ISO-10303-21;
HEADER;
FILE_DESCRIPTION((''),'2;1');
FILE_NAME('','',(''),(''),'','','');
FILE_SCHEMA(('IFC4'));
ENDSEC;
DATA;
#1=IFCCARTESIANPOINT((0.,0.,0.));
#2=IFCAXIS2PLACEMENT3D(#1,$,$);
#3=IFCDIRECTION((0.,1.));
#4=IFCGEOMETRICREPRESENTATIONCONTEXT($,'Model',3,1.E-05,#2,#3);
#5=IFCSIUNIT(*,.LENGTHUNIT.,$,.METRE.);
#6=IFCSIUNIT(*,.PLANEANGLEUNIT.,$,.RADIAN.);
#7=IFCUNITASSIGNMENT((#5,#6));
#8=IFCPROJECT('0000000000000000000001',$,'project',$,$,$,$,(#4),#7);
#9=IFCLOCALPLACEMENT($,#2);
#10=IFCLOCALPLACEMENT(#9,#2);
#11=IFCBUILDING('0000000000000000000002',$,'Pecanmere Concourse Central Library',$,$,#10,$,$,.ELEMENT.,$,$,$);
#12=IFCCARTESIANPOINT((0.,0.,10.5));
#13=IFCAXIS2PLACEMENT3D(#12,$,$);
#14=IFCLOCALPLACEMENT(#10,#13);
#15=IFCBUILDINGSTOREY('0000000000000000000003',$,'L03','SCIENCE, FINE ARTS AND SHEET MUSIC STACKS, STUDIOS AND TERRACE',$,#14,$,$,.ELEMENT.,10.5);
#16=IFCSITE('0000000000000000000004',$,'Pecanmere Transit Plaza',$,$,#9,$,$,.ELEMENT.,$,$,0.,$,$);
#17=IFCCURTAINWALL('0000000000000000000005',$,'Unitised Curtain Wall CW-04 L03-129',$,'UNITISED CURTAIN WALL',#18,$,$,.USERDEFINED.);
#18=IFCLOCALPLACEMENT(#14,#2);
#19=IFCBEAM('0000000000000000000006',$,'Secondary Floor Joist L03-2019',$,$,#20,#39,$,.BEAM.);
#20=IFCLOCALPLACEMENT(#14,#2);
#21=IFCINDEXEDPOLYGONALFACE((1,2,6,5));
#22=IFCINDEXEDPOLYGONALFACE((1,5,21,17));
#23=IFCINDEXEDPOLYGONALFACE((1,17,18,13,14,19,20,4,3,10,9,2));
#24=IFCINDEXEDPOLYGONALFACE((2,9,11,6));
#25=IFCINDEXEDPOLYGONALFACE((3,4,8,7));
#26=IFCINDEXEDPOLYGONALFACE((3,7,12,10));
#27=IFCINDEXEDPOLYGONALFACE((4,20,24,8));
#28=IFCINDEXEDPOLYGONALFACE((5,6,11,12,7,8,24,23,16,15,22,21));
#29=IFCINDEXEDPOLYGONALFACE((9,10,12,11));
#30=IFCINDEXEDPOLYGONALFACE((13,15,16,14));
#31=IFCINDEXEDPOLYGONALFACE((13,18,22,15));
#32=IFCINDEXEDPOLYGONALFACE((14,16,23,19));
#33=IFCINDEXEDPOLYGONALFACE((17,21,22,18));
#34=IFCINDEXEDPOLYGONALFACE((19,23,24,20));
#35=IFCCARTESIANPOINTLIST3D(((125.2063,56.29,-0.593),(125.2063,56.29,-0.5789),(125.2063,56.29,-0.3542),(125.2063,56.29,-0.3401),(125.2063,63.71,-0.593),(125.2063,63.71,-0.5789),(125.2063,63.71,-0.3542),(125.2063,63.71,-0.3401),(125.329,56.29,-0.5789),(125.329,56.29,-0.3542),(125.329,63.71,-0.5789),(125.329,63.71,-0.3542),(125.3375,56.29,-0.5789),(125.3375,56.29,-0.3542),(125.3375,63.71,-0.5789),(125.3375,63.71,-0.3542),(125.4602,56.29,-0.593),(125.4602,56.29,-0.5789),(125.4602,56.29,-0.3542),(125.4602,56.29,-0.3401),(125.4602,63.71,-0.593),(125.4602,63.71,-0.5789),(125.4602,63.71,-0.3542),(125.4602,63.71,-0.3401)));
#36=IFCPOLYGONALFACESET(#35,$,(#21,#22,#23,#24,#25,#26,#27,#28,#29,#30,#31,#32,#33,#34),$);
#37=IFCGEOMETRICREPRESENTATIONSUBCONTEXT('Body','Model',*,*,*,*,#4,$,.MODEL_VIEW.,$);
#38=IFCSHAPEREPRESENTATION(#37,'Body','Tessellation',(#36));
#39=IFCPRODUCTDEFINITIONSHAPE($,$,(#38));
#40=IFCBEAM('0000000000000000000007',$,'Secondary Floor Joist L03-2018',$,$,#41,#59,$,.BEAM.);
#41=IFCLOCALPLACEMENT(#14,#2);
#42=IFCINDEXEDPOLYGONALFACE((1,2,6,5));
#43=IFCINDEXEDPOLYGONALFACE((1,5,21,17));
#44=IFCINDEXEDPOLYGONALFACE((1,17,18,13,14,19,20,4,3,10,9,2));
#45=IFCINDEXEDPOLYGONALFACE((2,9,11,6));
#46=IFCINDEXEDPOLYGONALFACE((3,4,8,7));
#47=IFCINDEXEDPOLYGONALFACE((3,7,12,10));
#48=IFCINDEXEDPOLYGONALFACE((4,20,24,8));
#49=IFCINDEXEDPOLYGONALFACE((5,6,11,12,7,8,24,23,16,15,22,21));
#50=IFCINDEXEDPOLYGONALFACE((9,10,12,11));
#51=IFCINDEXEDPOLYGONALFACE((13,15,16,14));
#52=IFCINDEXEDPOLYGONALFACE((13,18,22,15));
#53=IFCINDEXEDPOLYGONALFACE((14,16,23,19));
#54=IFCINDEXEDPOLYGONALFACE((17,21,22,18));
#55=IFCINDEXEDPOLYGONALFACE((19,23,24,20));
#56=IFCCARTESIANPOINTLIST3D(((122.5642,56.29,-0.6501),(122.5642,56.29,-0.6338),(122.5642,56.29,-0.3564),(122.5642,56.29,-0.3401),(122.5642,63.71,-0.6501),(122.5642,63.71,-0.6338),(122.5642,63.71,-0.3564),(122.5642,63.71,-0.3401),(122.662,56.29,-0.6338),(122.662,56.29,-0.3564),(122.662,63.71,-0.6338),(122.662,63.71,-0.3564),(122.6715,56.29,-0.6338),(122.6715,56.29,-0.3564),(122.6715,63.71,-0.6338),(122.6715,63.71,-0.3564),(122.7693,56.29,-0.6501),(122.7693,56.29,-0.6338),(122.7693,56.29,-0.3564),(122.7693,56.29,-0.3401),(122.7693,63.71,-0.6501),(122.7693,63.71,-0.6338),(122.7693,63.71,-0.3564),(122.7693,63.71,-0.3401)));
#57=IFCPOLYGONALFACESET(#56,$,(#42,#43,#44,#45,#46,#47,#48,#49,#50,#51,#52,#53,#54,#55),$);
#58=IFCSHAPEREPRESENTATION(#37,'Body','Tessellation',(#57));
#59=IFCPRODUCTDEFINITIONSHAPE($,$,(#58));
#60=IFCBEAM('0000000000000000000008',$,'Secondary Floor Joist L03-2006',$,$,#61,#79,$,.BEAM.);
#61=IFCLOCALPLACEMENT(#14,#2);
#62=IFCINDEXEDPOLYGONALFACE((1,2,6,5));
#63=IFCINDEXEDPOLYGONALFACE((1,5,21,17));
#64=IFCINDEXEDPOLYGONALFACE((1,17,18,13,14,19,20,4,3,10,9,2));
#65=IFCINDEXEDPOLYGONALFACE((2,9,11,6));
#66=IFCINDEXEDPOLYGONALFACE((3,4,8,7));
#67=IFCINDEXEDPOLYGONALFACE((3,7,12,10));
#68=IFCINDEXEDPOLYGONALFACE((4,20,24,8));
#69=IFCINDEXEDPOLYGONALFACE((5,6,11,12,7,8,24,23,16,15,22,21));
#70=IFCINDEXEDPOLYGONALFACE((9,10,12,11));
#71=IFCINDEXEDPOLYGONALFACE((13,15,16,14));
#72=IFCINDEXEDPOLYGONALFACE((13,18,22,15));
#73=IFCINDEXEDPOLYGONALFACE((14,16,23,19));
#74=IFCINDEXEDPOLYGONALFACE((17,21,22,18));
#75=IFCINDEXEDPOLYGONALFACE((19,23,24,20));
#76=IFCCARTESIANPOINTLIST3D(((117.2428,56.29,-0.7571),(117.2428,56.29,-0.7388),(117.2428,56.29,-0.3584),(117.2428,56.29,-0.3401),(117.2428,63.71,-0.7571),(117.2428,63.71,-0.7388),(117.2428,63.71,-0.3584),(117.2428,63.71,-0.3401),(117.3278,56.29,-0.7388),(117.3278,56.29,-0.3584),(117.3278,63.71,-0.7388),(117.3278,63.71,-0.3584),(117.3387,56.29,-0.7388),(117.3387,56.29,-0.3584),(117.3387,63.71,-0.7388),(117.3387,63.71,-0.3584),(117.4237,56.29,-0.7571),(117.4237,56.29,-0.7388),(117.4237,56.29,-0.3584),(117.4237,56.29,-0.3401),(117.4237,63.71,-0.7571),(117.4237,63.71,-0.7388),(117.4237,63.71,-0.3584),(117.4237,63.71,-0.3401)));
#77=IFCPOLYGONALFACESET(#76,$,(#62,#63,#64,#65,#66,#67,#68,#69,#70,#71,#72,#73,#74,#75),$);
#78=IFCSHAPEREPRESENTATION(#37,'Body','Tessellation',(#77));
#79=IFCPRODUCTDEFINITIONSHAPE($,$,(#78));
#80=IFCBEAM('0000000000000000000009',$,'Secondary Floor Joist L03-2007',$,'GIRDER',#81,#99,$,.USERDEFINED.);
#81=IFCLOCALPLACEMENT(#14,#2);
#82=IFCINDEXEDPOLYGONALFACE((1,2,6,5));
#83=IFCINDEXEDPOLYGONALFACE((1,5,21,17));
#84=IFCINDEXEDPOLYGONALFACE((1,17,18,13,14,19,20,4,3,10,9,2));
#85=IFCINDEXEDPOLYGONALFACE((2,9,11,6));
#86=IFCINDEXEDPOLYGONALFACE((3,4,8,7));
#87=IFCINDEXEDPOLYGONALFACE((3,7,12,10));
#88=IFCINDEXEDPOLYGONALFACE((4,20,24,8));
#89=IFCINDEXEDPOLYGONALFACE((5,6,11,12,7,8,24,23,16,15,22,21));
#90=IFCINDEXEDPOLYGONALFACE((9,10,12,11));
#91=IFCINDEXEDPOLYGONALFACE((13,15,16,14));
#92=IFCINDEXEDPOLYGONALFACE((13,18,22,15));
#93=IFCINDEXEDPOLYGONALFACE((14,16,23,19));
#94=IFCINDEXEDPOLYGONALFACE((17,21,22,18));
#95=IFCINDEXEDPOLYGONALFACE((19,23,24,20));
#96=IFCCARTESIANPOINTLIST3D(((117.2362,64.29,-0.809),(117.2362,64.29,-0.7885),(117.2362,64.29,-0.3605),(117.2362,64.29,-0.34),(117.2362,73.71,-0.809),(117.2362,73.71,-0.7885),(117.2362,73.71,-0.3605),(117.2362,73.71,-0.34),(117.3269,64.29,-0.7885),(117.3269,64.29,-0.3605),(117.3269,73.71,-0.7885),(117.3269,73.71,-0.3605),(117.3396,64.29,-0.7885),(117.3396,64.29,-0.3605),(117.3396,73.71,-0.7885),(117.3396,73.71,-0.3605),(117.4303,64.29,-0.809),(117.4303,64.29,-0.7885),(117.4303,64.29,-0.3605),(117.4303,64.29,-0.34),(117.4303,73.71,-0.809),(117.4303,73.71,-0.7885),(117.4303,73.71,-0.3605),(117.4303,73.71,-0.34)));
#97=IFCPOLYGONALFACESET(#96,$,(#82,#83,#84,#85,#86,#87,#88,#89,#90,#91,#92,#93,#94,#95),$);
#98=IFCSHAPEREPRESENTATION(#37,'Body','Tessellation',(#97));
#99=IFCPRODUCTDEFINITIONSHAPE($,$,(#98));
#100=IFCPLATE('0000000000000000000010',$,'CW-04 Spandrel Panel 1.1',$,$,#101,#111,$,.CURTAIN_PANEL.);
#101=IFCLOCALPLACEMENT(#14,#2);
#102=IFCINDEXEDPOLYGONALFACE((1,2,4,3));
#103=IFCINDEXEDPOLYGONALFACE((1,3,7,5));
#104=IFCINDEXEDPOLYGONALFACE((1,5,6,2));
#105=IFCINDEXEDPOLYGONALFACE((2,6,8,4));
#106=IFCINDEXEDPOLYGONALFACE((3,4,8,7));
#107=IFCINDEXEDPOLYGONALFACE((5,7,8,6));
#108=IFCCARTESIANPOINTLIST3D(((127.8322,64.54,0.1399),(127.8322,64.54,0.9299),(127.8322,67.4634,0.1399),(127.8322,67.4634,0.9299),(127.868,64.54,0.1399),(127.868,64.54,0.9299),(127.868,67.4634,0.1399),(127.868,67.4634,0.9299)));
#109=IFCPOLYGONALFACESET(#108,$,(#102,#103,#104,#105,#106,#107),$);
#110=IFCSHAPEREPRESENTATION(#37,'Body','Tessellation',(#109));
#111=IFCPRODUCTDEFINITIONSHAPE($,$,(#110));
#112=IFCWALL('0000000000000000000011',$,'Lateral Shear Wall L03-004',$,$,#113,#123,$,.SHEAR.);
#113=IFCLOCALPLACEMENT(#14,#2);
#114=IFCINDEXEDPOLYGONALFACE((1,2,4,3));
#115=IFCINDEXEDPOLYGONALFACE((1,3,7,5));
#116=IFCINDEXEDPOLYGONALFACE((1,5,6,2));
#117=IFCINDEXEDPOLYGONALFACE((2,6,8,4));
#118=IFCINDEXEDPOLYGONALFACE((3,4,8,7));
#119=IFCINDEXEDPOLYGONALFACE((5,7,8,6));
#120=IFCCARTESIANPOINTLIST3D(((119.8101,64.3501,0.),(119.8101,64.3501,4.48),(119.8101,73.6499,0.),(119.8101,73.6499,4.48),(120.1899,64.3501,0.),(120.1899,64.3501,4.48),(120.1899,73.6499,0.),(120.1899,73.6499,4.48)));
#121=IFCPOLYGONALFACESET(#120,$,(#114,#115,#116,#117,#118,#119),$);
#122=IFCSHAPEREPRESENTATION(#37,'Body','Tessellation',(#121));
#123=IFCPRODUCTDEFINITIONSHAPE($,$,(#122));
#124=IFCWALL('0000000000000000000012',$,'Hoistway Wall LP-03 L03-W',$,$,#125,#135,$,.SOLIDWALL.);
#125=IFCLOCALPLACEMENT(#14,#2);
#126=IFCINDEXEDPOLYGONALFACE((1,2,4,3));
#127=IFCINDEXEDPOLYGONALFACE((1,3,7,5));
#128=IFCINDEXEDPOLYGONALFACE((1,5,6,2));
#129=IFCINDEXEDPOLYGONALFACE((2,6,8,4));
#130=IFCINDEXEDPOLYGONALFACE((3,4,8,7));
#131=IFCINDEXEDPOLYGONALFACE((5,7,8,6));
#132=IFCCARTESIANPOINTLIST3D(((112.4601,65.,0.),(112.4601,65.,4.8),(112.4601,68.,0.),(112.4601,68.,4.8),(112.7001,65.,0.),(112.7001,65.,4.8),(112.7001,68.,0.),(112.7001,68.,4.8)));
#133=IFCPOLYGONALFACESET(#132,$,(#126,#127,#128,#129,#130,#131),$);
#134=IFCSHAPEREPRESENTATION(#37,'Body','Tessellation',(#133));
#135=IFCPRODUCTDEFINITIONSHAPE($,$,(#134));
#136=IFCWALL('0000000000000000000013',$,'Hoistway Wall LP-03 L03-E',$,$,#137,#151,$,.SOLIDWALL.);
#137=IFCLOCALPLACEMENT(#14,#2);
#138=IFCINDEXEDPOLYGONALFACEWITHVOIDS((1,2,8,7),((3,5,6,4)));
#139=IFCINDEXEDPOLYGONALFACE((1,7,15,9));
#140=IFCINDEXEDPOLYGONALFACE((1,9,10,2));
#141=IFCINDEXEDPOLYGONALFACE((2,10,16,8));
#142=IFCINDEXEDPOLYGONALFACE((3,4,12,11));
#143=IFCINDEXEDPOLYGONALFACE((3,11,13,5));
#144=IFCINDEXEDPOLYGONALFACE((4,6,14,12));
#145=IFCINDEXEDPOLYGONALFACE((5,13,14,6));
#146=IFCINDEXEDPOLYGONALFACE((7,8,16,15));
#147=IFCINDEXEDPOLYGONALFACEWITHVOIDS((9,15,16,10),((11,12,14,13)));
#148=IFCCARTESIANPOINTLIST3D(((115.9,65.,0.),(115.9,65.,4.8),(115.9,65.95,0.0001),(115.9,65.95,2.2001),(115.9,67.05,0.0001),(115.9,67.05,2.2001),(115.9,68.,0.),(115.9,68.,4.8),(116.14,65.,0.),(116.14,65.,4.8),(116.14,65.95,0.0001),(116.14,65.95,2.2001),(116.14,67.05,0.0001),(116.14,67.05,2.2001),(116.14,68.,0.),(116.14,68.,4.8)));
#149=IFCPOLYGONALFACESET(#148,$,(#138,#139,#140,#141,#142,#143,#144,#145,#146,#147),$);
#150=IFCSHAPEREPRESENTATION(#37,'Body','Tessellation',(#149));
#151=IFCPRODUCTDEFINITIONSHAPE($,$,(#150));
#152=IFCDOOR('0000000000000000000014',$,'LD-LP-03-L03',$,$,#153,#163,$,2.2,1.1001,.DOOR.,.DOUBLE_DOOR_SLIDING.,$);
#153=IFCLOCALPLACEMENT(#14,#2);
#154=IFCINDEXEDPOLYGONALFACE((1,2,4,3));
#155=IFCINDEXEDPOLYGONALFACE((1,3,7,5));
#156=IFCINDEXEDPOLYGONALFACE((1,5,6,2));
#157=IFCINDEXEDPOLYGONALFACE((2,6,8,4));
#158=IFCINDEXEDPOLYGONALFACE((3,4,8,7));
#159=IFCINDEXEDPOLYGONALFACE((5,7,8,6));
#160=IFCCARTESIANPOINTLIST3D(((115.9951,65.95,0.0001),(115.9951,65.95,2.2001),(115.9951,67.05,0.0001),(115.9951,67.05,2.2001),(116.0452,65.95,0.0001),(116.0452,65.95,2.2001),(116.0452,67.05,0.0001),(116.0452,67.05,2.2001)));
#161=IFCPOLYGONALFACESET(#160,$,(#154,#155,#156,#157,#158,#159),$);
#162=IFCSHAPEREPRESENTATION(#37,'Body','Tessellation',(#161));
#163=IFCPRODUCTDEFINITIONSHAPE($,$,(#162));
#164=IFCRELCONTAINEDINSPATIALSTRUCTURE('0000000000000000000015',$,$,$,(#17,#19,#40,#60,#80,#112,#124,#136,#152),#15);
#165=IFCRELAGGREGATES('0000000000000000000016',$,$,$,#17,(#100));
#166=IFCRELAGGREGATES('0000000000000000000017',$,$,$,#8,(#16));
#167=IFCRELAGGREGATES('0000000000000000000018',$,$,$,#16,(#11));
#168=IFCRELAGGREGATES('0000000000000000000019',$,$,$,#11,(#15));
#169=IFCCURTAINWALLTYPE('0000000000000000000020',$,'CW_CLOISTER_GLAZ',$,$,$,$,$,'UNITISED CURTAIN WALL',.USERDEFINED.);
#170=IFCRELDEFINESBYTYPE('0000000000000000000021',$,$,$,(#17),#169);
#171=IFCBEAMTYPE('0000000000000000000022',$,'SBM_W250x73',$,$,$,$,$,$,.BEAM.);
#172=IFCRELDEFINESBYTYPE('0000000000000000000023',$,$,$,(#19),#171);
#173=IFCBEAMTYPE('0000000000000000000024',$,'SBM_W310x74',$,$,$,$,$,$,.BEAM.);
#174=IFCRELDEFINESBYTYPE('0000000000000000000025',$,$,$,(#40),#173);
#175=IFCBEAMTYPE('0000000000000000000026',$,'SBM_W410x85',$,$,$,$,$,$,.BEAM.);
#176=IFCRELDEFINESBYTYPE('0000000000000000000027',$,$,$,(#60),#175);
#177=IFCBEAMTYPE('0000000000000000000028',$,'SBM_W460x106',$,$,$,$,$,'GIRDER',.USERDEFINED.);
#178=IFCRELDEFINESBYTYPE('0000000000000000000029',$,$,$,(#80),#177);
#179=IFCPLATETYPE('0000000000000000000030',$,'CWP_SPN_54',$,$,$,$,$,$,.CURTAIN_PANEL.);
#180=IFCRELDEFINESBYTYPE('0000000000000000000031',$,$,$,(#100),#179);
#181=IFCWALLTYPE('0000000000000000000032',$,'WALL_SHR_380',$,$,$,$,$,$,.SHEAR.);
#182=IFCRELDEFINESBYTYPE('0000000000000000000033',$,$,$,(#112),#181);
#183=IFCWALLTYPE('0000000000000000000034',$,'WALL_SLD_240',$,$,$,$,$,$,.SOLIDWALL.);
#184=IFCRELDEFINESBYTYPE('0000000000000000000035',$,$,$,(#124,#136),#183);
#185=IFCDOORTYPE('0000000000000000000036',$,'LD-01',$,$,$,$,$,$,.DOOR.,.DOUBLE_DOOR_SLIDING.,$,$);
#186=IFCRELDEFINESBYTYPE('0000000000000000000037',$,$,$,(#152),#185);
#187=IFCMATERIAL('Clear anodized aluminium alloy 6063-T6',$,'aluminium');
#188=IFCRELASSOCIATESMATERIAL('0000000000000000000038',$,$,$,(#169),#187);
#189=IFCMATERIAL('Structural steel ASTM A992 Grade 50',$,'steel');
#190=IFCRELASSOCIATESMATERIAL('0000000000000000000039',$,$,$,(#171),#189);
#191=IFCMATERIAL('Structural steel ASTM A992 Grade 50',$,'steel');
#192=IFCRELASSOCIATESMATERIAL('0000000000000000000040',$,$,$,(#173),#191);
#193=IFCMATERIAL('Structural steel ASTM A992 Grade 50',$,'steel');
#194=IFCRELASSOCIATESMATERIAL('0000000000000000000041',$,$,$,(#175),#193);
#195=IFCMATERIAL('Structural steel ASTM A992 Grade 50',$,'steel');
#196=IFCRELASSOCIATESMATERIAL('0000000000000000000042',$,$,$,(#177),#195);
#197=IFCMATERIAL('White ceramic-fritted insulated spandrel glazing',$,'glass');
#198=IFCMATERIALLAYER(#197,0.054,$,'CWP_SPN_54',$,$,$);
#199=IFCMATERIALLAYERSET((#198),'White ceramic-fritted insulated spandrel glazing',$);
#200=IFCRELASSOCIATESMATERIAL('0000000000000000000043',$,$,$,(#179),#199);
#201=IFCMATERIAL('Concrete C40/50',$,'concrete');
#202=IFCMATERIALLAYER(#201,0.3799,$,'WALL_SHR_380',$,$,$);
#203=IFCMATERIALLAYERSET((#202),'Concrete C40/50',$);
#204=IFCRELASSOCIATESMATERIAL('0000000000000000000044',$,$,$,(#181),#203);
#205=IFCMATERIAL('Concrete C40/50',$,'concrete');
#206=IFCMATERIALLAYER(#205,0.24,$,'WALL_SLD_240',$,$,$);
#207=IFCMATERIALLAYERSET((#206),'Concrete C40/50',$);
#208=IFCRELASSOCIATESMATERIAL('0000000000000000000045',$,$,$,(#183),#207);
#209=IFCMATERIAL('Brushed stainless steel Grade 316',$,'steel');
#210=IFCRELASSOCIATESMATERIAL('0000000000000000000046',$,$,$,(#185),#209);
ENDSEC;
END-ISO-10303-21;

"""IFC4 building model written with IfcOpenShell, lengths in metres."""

from ifc_helpers import new_model, si_unit, direction, frame, frame_2d, origin, origin_2d, place, context, subcontext, project, spatial, rectangle, i_section, extrude, material, layer, layer_set, material_profile, profile_set, type_object, element, fill, aggregate, save


model = new_model("IFC4")

# Units and contexts
model_context = context("Model", 3, precision=1e-05, world=origin(), true_north=direction((0.0, 1.0)))
body_context = subcontext(model_context, "Body", "Model", "MODEL_VIEW")
ifc_project = project(units=[si_unit("LENGTHUNIT", "METRE"), si_unit("PLANEANGLEUNIT", "RADIAN")], contexts=[model_context])

# Site, building, storey
site_placement = place(None, origin())
site = spatial("IfcSite", under=ifc_project, at=site_placement, Name="Pecanmere Transit Plaza", CompositionType="ELEMENT", RefElevation=0.0)
building_placement = place(site_placement, origin())
building = spatial("IfcBuilding", under=site, at=building_placement, Name="Pecanmere Concourse Central Library", CompositionType="ELEMENT")
storey_placement = place(building_placement, frame((0.0, 0.0, 10.5)))
storey = spatial("IfcBuildingStorey", under=building, at=storey_placement, Name="L03", Description="SCIENCE, FINE ARTS AND SHEET MUSIC STACKS, STUDIOS AND TERRACE", CompositionType="ELEMENT", Elevation=10.5)

# Curtain wall
ifc_material_1 = material(Name="Clear anodized aluminium alloy 6063-T6", Category="aluminium")
curtain_wall_type = type_object("IfcCurtainWallType", Name="CW_CLOISTER_GLAZ", ElementType="UNITISED CURTAIN WALL", PredefinedType="USERDEFINED", material=ifc_material_1)
curtain_wall_placement = place(storey_placement, origin())
curtain_wall = element("IfcCurtainWall", 1, at=curtain_wall_placement, inside=storey, type_object=curtain_wall_type, Name="Unitised Curtain Wall CW-04 L03-129", ObjectType="UNITISED CURTAIN WALL", PredefinedType="USERDEFINED")

# Beams
ifc_material_2 = material(Name="Structural steel ASTM A992 Grade 50", Category="steel")
ifc_material_profile_1 = material_profile(ifc_material_2, i_section(OverallWidth=0.2539, OverallDepth=0.2529, WebThickness=0.0085, FlangeThickness=0.0142, at=origin_2d()), Name="W250x73")
ifc_profile_set_1 = profile_set([ifc_material_profile_1], Name="Structural steel ASTM A992 Grade 50")
beam_type_1 = type_object("IfcBeamType", Name="SBM_W250x73", PredefinedType="BEAM", material=ifc_profile_set_1)
beam_1_placement = place(storey_placement, frame((125.3333, 56.29, -0.4666), z_axis=(0.0, 1.0, 0.0), x_axis=(-1.0, 0.0, 0.0)))
element("IfcBeam", 2, at=beam_1_placement, inside=storey, type_object=beam_type_1, Name="Secondary Floor Joist L03-2019", PredefinedType="BEAM", context=body_context, shape_type="SweptSolid", body=[
    extrude(i_section(OverallWidth=0.2539, OverallDepth=0.2529, WebThickness=0.0085, FlangeThickness=0.0142, at=origin_2d()), origin(), (0.0, 0.0, 1.0), 7.4199),
])
ifc_material_3 = material(Name="Structural steel ASTM A992 Grade 50", Category="steel")
ifc_material_profile_2 = material_profile(ifc_material_3, i_section(OverallWidth=0.2051, OverallDepth=0.3101, WebThickness=0.0095, FlangeThickness=0.0164, at=origin_2d()), Name="W310x74")
ifc_profile_set_2 = profile_set([ifc_material_profile_2], Name="Structural steel ASTM A992 Grade 50")
beam_type_2 = type_object("IfcBeamType", Name="SBM_W310x74", PredefinedType="BEAM", material=ifc_profile_set_2)
beam_2_placement = place(storey_placement, frame((122.6667, 56.29, -0.4951), z_axis=(0.0, 1.0, 0.0), x_axis=(-1.0, 0.0, 0.0)))
element("IfcBeam", 3, at=beam_2_placement, inside=storey, type_object=beam_type_2, Name="Secondary Floor Joist L03-2018", PredefinedType="BEAM", context=body_context, shape_type="SweptSolid", body=[
    extrude(i_section(OverallWidth=0.2051, OverallDepth=0.3101, WebThickness=0.0095, FlangeThickness=0.0164, at=origin_2d()), origin(), (0.0, 0.0, 1.0), 7.4199),
])
ifc_material_4 = material(Name="Structural steel ASTM A992 Grade 50", Category="steel")
ifc_material_profile_3 = material_profile(ifc_material_4, i_section(OverallWidth=0.1809, OverallDepth=0.417, WebThickness=0.011, FlangeThickness=0.0183, at=origin_2d()), Name="W410x85")
ifc_profile_set_3 = profile_set([ifc_material_profile_3], Name="Structural steel ASTM A992 Grade 50")
beam_type_3 = type_object("IfcBeamType", Name="SBM_W410x85", PredefinedType="BEAM", material=ifc_profile_set_3)
beam_3_placement = place(storey_placement, frame((117.3333, 56.29, -0.5486), z_axis=(0.0, 1.0, 0.0), x_axis=(-1.0, 0.0, 0.0)))
element("IfcBeam", 4, at=beam_3_placement, inside=storey, type_object=beam_type_3, Name="Secondary Floor Joist L03-2006", PredefinedType="BEAM", context=body_context, shape_type="SweptSolid", body=[
    extrude(i_section(OverallWidth=0.1809, OverallDepth=0.417, WebThickness=0.011, FlangeThickness=0.0183, at=origin_2d()), origin(), (0.0, 0.0, 1.0), 7.4199),
])
ifc_material_5 = material(Name="Structural steel ASTM A992 Grade 50", Category="steel")
ifc_material_profile_4 = material_profile(ifc_material_5, i_section(OverallWidth=0.1941, OverallDepth=0.469, WebThickness=0.0127, FlangeThickness=0.0205, at=origin_2d()), Name="W460x106")
ifc_profile_set_4 = profile_set([ifc_material_profile_4], Name="Structural steel ASTM A992 Grade 50")
beam_type_4 = type_object("IfcBeamType", Name="SBM_W460x106", ElementType="GIRDER", PredefinedType="USERDEFINED", material=ifc_profile_set_4)
beam_4_placement = place(storey_placement, frame((117.3333, 64.29, -0.5745), z_axis=(0.0, 1.0, 0.0), x_axis=(-1.0, 0.0, 0.0)))
element("IfcBeam", 5, at=beam_4_placement, inside=storey, type_object=beam_type_4, Name="Secondary Floor Joist L03-2007", ObjectType="GIRDER", PredefinedType="USERDEFINED", context=body_context, shape_type="SweptSolid", body=[
    extrude(i_section(OverallWidth=0.1941, OverallDepth=0.469, WebThickness=0.0127, FlangeThickness=0.0205, at=origin_2d()), origin(), (0.0, 0.0, 1.0), 9.4199),
])

# Plate
ifc_material_6 = material(Name="White ceramic-fritted insulated spandrel glazing", Category="glass")
ifc_layer_1 = layer(ifc_material_6, 0.054, Name="CWP_SPN_54")
ifc_layer_set_1 = layer_set([ifc_layer_1], Name="White ceramic-fritted insulated spandrel glazing")
plate_type = type_object("IfcPlateType", Name="CWP_SPN_54", PredefinedType="CURTAIN_PANEL", material=ifc_layer_set_1)
plate_placement = place(storey_placement, frame((127.8501, 66.0017, 0.1399), z_axis=(0.0, 0.0, 1.0), x_axis=(0.0, 1.0, 0.0)))
plate = element("IfcPlate", 6, at=plate_placement, type_object=plate_type, Name="CW-04 Spandrel Panel 1.1", PredefinedType="CURTAIN_PANEL", context=body_context, shape_type="SweptSolid", body=[
    extrude(rectangle(XDim=2.9233, YDim=0.0359, at=origin_2d()), origin(), (0.0, 0.0, 1.0), 0.79),
])
aggregate(curtain_wall, [plate])

# Walls
ifc_material_7 = material(Name="Concrete C40/50", Category="concrete")
ifc_layer_2 = layer(ifc_material_7, 0.3799, Name="WALL_SHR_380")
ifc_layer_set_2 = layer_set([ifc_layer_2], Name="Concrete C40/50")
wall_type_1 = type_object("IfcWallType", Name="WALL_SHR_380", PredefinedType="SHEAR", material=ifc_layer_set_2)
wall_1_placement = place(storey_placement, frame((120.0, 64.3501, 0.0), z_axis=(0.0, 0.0, 1.0), x_axis=(0.0, 1.0, 0.0)))
element("IfcWall", 7, at=wall_1_placement, inside=storey, type_object=wall_type_1, Name="Lateral Shear Wall L03-004", PredefinedType="SHEAR", context=body_context, shape_type="SweptSolid", body=[
    extrude(rectangle(XDim=9.2998, YDim=0.3799, at=frame_2d((4.6499, 0.0))), origin(), (0.0, 0.0, 1.0), 4.48),
])
ifc_material_8 = material(Name="Concrete C40/50", Category="concrete")
ifc_layer_3 = layer(ifc_material_8, 0.24, Name="WALL_SLD_240")
ifc_layer_set_3 = layer_set([ifc_layer_3], Name="Concrete C40/50")
wall_type_2 = type_object("IfcWallType", Name="WALL_SLD_240", PredefinedType="SOLIDWALL", material=ifc_layer_set_3)
wall_2_placement = place(storey_placement, frame((112.5801, 65.0, 0.0), z_axis=(0.0, 0.0, 1.0), x_axis=(0.0, 1.0, 0.0)))
element("IfcWall", 8, at=wall_2_placement, inside=storey, type_object=wall_type_2, Name="Hoistway Wall LP-03 L03-W", PredefinedType="SOLIDWALL", context=body_context, shape_type="SweptSolid", body=[
    extrude(rectangle(XDim=3.0, YDim=0.24, at=frame_2d((1.5, 0.0))), origin(), (0.0, 0.0, 1.0), 4.8),
])

# Wall, opening, door
wall_3_placement = place(storey_placement, frame((116.02, 65.0, 0.0), z_axis=(0.0, 0.0, 1.0), x_axis=(0.0, 1.0, 0.0)))
wall_3 = element("IfcWall", 9, at=wall_3_placement, inside=storey, type_object=wall_type_2, Name="Hoistway Wall LP-03 L03-E", PredefinedType="SOLIDWALL", context=body_context, shape_type="SweptSolid", body=[
    extrude(rectangle(XDim=3.0, YDim=0.24, at=frame_2d((1.5, 0.0))), origin(), (0.0, 0.0, 1.0), 4.8),
])
opening_placement = place(wall_3_placement, frame((0.95, 0.0, 0.0)))
opening = element("IfcOpeningElement", 10, at=opening_placement, cuts=wall_3, PredefinedType="OPENING", context=body_context, shape_type="SweptSolid", body=[
    extrude(rectangle(XDim=1.1001, YDim=2.2, at=frame_2d((0.55, 1.1001))), frame((0.0, 0.1318, 0.0), z_axis=(0.0, -1.0, 0.0), x_axis=(1.0, 0.0, 0.0)), (0.0, 0.0, 1.0), 0.2639),
])
ifc_material_9 = material(Name="Brushed stainless steel Grade 316", Category="steel")
door_type = type_object("IfcDoorType", Name="LD-01", OperationType="DOUBLE_DOOR_SLIDING", PredefinedType="DOOR", material=ifc_material_9)
door_placement = place(opening_placement, origin())
door = element("IfcDoor", 11, at=door_placement, inside=storey, type_object=door_type, Name="LD-LP-03-L03", OperationType="DOUBLE_DOOR_SLIDING", OverallHeight=2.2, OverallWidth=1.1001, PredefinedType="DOOR", context=body_context, shape_type="SweptSolid", body=[
    extrude(rectangle(XDim=1.1001, YDim=2.2, at=frame_2d((0.55, 1.1001))), frame((0.0, 0.0249, 0.0), z_axis=(0.0, -1.0, 0.0), x_axis=(1.0, 0.0, 0.0)), (0.0, 0.0, 1.0), 0.05),
])
fill(opening, door)

save(model, "model.ifc")
